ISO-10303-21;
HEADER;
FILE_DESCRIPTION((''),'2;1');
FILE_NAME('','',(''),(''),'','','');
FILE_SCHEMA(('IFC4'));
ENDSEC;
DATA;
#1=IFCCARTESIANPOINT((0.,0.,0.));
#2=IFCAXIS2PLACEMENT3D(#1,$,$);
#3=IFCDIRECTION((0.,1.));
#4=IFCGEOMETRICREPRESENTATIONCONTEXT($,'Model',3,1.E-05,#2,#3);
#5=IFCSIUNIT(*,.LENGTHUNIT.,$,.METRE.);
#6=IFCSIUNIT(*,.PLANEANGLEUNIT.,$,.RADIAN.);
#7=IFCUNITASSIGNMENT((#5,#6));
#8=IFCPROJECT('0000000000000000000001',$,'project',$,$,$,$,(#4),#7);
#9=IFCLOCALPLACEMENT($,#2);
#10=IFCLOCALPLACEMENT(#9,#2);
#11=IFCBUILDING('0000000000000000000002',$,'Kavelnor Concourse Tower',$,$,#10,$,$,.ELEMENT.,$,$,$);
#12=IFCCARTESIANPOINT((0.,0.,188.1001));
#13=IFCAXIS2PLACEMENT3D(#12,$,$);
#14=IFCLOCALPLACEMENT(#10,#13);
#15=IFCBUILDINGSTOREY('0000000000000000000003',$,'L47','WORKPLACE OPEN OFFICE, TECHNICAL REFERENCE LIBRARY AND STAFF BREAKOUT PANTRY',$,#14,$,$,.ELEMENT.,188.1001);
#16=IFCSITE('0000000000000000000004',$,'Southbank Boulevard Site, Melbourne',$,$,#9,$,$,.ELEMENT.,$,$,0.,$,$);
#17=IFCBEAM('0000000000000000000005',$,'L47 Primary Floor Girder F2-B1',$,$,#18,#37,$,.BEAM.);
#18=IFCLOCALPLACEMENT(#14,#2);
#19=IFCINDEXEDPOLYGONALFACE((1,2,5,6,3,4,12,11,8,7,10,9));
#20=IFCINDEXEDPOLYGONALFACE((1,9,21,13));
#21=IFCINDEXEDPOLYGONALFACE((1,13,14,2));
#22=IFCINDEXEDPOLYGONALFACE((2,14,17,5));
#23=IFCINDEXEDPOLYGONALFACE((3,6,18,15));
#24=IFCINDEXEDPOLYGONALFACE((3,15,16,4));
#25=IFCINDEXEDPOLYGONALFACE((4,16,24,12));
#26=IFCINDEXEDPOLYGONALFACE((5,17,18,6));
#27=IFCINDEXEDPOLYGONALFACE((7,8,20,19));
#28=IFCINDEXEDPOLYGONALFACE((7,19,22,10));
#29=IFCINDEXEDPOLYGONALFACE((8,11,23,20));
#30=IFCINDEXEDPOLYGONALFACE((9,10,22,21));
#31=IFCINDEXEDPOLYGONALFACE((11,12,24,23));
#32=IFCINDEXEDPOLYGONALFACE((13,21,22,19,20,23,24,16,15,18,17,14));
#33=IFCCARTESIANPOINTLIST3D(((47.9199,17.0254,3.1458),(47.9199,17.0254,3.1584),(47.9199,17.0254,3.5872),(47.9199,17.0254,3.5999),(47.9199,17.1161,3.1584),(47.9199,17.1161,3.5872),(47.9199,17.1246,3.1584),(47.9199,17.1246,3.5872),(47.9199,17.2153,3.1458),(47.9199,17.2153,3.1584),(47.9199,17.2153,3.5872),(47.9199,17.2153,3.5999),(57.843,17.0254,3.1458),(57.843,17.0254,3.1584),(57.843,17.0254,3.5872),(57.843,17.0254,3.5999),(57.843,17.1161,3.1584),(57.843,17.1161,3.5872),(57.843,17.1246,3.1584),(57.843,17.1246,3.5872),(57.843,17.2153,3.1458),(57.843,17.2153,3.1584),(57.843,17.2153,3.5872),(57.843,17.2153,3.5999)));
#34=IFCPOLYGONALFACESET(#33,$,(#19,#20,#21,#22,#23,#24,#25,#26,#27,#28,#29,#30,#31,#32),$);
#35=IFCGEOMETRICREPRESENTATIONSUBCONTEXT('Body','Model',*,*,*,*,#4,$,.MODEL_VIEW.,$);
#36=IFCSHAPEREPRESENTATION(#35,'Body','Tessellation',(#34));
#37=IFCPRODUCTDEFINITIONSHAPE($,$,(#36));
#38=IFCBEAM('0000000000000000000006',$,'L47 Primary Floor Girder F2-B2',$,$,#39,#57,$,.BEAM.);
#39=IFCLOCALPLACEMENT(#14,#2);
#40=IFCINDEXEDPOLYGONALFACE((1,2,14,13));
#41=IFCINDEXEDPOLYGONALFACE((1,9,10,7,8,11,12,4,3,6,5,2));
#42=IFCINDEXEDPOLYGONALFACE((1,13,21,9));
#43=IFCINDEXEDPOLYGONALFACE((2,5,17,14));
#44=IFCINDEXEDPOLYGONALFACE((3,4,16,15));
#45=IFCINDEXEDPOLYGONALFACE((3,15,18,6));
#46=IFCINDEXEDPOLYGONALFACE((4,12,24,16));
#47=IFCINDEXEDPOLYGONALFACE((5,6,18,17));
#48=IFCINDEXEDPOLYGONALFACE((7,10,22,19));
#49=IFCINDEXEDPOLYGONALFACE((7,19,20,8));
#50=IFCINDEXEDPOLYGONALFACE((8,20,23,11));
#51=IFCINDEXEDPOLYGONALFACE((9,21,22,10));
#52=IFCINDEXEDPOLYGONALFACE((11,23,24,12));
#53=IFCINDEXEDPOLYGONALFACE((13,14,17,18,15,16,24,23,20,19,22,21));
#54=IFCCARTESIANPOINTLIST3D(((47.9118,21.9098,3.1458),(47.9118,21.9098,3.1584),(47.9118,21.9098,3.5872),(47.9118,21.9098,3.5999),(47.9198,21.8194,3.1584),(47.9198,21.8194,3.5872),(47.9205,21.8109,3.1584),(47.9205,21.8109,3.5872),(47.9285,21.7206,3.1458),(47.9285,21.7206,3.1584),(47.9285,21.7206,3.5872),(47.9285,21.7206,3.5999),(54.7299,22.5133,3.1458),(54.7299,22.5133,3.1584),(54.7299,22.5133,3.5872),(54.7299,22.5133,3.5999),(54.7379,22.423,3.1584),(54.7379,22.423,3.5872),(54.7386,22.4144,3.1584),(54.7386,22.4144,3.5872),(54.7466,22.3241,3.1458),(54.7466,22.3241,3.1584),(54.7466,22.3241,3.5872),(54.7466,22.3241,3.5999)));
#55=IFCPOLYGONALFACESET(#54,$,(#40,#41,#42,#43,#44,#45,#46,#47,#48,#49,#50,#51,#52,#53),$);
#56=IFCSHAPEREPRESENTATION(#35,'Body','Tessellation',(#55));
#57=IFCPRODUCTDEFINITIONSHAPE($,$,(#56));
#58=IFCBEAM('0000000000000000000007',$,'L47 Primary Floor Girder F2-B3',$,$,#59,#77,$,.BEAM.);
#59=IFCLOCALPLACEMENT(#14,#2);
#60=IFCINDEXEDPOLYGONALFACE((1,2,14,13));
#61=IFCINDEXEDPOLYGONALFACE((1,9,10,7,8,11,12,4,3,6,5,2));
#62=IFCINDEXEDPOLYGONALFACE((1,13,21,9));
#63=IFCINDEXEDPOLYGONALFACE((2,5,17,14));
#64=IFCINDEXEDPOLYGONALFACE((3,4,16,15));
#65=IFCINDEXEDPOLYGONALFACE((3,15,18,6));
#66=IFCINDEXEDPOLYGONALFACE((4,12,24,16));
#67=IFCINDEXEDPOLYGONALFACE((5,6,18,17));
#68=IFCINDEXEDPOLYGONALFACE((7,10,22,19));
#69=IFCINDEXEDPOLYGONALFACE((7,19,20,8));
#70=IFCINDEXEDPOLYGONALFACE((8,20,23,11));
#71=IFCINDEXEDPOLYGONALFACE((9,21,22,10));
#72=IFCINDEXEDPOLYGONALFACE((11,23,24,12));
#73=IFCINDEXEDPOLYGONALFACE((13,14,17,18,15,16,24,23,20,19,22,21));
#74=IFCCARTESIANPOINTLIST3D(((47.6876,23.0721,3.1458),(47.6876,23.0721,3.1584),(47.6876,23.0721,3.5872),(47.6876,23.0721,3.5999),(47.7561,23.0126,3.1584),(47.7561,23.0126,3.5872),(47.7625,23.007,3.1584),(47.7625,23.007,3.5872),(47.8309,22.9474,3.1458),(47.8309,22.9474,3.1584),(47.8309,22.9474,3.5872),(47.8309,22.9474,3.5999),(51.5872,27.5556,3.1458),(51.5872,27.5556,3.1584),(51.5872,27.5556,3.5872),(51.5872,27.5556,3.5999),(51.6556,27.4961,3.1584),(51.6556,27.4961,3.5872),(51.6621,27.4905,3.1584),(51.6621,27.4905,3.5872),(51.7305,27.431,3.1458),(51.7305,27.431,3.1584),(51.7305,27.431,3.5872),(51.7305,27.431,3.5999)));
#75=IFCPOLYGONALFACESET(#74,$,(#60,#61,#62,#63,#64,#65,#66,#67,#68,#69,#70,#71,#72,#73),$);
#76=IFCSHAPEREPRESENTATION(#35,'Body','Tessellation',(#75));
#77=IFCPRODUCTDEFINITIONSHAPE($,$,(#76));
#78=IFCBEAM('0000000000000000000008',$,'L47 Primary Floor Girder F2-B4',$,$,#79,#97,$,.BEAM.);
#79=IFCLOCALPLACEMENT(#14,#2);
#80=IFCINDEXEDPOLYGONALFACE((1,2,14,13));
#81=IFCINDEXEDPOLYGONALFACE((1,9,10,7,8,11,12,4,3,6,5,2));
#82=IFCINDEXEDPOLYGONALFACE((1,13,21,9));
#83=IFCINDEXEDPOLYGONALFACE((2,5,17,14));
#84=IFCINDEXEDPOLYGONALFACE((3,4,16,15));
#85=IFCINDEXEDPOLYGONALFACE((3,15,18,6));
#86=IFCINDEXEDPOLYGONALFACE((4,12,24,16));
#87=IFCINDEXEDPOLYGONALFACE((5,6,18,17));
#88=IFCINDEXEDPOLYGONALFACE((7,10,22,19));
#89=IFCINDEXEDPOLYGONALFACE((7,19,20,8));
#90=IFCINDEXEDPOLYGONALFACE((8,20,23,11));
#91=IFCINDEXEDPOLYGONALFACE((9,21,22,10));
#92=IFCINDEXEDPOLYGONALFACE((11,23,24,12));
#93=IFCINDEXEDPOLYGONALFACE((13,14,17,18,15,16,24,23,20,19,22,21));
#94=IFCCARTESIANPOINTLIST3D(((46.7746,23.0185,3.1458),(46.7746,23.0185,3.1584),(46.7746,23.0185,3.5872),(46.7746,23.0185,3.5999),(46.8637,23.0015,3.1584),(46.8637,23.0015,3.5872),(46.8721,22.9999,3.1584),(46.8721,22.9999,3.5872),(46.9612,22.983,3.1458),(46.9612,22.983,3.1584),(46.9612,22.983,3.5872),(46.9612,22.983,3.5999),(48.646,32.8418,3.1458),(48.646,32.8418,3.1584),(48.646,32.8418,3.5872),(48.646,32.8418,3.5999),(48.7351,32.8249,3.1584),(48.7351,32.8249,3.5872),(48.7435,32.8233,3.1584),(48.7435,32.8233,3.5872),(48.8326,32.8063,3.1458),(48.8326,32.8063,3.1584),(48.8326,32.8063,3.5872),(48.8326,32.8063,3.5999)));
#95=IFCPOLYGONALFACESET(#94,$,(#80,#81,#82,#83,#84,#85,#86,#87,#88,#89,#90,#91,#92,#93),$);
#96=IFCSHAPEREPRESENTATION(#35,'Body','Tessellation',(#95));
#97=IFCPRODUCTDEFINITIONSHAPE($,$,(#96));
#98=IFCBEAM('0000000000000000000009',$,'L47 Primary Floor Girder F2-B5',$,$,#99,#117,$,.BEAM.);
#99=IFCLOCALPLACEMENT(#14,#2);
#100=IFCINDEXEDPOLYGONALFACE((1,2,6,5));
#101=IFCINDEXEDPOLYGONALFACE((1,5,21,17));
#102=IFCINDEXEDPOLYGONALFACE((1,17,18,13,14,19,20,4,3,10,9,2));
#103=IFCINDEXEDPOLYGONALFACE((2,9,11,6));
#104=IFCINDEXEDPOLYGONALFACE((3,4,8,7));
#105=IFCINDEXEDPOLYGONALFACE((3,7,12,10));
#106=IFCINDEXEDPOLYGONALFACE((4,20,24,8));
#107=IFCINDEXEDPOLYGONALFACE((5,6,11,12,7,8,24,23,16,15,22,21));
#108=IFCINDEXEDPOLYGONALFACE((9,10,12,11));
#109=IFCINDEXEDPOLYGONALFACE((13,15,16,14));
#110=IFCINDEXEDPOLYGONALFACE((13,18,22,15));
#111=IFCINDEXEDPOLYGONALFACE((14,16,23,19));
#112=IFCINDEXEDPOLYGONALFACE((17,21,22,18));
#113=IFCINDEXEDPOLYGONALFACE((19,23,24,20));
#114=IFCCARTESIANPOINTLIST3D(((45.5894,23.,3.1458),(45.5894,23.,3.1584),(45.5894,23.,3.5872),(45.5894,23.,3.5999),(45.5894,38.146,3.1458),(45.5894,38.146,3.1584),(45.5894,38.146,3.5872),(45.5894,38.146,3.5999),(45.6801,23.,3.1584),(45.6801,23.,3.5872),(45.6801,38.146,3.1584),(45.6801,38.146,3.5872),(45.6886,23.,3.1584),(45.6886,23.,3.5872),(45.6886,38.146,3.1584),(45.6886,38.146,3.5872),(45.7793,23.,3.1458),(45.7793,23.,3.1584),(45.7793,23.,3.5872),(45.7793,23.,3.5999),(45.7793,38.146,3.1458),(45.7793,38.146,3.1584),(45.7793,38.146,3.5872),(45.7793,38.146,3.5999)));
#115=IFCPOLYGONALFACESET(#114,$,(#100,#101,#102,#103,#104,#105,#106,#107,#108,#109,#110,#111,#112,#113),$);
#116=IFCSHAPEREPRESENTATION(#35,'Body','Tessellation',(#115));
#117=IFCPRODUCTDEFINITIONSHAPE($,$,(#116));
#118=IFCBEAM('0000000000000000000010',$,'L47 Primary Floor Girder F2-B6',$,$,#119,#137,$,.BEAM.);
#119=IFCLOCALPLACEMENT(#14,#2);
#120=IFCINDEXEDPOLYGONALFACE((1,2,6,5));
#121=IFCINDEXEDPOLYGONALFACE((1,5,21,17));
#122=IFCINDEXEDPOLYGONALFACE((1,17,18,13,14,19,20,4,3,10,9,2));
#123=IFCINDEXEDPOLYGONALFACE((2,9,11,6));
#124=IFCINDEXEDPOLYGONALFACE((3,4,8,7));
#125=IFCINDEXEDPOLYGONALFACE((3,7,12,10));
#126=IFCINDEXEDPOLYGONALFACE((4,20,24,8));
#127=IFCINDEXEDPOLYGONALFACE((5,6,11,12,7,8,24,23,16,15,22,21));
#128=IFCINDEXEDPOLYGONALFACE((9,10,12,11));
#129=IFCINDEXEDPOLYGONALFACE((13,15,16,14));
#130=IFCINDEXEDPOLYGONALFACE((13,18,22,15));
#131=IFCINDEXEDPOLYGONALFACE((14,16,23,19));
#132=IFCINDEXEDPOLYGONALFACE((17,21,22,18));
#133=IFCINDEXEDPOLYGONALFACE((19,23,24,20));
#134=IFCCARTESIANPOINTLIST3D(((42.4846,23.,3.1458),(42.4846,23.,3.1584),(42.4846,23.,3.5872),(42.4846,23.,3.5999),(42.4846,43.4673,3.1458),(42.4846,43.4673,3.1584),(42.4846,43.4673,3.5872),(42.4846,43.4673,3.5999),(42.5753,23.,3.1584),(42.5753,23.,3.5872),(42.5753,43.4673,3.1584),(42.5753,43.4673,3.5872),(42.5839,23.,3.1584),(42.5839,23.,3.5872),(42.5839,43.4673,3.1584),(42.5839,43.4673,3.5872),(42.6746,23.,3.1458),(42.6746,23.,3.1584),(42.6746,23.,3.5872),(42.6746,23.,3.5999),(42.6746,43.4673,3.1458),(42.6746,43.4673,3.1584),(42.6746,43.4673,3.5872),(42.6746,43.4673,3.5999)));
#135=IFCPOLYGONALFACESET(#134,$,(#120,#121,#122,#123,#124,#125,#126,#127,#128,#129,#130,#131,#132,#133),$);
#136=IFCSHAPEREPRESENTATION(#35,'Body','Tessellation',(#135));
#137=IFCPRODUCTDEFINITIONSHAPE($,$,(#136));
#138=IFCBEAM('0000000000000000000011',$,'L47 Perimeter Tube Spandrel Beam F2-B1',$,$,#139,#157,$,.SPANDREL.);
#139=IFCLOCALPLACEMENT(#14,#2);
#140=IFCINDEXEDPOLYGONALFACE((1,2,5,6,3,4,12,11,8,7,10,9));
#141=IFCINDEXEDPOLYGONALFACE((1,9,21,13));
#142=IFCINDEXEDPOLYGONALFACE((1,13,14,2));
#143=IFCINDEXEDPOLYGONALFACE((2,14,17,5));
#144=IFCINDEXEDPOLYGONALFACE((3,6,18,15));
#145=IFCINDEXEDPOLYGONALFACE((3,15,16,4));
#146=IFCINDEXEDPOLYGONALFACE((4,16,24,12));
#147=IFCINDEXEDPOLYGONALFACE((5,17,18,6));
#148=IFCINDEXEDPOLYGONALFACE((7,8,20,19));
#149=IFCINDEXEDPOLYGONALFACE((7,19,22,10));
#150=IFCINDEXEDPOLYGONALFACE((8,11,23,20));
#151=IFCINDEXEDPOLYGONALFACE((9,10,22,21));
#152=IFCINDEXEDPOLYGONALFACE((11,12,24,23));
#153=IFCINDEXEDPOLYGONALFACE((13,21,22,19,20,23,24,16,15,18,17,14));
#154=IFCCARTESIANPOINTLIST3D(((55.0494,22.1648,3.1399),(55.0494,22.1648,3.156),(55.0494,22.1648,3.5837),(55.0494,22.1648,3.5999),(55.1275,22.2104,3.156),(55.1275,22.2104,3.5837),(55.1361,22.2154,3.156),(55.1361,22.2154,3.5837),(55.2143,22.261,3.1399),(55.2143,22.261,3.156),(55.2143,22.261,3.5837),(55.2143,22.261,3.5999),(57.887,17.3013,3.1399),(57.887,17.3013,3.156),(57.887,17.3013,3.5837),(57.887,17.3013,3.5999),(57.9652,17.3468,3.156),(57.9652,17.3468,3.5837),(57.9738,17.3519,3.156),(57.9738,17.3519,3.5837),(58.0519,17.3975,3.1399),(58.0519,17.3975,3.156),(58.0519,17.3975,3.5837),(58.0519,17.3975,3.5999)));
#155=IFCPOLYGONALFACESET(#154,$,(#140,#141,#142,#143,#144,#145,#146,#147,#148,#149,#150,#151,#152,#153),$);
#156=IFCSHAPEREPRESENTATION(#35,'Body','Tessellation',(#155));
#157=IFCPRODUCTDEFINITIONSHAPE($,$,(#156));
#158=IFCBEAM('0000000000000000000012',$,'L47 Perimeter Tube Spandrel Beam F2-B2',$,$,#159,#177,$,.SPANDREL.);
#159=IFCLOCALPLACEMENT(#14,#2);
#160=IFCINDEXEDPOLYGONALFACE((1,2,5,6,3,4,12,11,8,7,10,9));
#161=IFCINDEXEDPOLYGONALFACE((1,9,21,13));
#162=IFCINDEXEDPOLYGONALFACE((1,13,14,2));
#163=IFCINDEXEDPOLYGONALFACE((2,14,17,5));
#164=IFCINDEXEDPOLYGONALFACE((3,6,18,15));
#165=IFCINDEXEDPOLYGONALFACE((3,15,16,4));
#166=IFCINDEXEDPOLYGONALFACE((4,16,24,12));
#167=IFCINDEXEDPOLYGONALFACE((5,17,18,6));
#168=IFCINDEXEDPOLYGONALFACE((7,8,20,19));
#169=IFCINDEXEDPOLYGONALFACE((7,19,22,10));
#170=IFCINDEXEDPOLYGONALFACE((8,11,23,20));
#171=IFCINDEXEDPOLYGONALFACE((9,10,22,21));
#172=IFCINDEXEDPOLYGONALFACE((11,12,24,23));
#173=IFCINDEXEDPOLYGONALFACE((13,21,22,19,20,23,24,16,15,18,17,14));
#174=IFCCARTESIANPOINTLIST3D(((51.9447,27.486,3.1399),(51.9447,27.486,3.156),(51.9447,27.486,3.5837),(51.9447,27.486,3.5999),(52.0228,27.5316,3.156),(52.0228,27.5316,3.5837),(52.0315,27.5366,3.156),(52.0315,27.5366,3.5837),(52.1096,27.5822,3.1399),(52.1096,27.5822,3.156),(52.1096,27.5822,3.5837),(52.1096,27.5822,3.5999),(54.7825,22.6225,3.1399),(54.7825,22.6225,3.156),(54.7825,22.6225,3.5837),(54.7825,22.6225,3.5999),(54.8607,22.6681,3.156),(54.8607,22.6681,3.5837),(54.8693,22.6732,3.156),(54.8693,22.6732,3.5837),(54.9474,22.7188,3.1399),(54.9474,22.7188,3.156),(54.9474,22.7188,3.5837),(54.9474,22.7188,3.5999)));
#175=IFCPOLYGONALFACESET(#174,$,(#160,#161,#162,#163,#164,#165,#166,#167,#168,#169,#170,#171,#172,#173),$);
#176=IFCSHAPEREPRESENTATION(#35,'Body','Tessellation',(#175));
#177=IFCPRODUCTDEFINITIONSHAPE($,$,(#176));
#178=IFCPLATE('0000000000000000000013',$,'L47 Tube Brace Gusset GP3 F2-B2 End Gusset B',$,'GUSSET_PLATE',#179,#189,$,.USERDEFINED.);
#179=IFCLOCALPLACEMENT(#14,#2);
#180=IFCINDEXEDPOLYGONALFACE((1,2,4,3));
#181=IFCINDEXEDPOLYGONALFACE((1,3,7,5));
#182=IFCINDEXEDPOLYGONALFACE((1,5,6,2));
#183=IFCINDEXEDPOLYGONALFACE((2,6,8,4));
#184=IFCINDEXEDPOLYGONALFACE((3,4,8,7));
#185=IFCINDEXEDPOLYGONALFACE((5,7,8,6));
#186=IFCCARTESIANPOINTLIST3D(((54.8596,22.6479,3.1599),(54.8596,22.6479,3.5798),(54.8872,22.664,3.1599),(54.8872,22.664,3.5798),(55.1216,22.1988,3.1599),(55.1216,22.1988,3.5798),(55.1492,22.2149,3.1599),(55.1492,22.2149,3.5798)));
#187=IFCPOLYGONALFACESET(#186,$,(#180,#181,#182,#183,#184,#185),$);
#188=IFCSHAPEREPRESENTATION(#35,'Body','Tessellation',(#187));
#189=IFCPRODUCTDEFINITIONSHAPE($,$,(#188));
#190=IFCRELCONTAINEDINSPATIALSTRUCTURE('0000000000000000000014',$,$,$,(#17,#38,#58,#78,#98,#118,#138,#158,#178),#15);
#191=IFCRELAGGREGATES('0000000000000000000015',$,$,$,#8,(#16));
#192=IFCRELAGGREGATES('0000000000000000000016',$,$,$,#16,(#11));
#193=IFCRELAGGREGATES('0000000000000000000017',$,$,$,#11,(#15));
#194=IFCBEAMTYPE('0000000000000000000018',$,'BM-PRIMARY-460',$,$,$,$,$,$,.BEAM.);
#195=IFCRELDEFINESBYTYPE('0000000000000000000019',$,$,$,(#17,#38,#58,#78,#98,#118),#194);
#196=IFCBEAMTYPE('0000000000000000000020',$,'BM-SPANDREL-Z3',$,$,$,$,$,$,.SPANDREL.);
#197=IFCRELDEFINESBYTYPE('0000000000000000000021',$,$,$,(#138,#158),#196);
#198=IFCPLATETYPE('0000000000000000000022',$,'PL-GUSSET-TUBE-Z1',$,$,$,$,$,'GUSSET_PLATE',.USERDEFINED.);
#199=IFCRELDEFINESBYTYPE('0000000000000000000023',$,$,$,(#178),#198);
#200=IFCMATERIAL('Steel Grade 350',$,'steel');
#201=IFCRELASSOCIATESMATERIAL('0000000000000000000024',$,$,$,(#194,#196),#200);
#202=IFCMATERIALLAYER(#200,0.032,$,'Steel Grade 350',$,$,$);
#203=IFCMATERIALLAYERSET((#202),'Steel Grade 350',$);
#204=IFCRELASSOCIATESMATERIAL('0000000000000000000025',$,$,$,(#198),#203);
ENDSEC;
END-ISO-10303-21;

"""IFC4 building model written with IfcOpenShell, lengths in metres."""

from ifc_helpers import new_model, si_unit, direction, frame, origin, origin_2d, place, context, subcontext, project, spatial, rectangle, i_section, extrude, material, layer, layer_set, material_profile, profile_set, type_object, element, save


model = new_model("IFC4")

# Units and contexts
model_context = context("Model", 3, precision=1e-05, world=origin(), true_north=direction((0.0, 1.0)))
body_context = subcontext(model_context, "Body", "Model", "MODEL_VIEW")
ifc_project = project(units=[si_unit("LENGTHUNIT", "METRE"), si_unit("PLANEANGLEUNIT", "RADIAN")], contexts=[model_context])

# Site, building, storey
site_placement = place(None, origin())
site = spatial("IfcSite", under=ifc_project, at=site_placement, Name="Southbank Boulevard Site, Melbourne", CompositionType="ELEMENT", RefElevation=0.0)
building_placement = place(site_placement, origin())
building = spatial("IfcBuilding", under=site, at=building_placement, Name="Kavelnor Concourse Tower", CompositionType="ELEMENT")
storey_placement = place(building_placement, frame((0.0, 0.0, 188.1001)))
storey = spatial("IfcBuildingStorey", under=building, at=storey_placement, Name="L47", Description="WORKPLACE OPEN OFFICE, TECHNICAL REFERENCE LIBRARY AND STAFF BREAKOUT PANTRY", CompositionType="ELEMENT", Elevation=188.1001)

# Shared definitions
ifc_material_1 = material(Name="Steel Grade 350", Category="steel")

# Beams
ifc_material_profile_1 = material_profile(ifc_material_1, i_section(OverallWidth=0.1899, OverallDepth=0.4541, WebThickness=0.0085, FlangeThickness=0.0127, at=origin_2d()), Name="460UB67")
ifc_profile_set_1 = profile_set([ifc_material_profile_1], Name="Steel Grade 350")
beam_type_1 = type_object("IfcBeamType", Name="BM-PRIMARY-460", PredefinedType="BEAM", material=ifc_profile_set_1)
beam_1_placement = place(storey_placement, frame((47.9199, 17.1204, 3.3728), z_axis=(1.0, 0.0, 0.0), x_axis=(0.0, 1.0, 0.0)))
element("IfcBeam", 1, at=beam_1_placement, inside=storey, type_object=beam_type_1, Name="L47 Primary Floor Girder F2-B1", PredefinedType="BEAM", context=body_context, shape_type="SweptSolid", body=[
    extrude(i_section(OverallWidth=0.1899, OverallDepth=0.4541, WebThickness=0.0085, FlangeThickness=0.0127, at=origin_2d()), origin(), (0.0, 0.0, 1.0), 9.9231),
])
beam_2_placement = place(storey_placement, frame((47.9202, 21.8152, 3.3728), z_axis=(0.996105, 0.088172, 0.0), x_axis=(-0.088172, 0.996105, 0.0)))
element("IfcBeam", 2, at=beam_2_placement, inside=storey, type_object=beam_type_1, Name="L47 Primary Floor Girder F2-B2", PredefinedType="BEAM", context=body_context, shape_type="SweptSolid", body=[
    extrude(i_section(OverallWidth=0.1899, OverallDepth=0.4541, WebThickness=0.0085, FlangeThickness=0.0127, at=origin_2d()), origin(), (0.0, 0.0, 1.0), 6.8447),
])
beam_3_placement = place(storey_placement, frame((47.7593, 23.0098, 3.3728), z_axis=(0.656259, 0.754536, 0.0), x_axis=(-0.754536, 0.656259, 0.0)))
element("IfcBeam", 3, at=beam_3_placement, inside=storey, type_object=beam_type_1, Name="L47 Primary Floor Girder F2-B3", PredefinedType="BEAM", context=body_context, shape_type="SweptSolid", body=[
    extrude(i_section(OverallWidth=0.1899, OverallDepth=0.4541, WebThickness=0.0085, FlangeThickness=0.0127, at=origin_2d()), origin(), (0.0, 0.0, 1.0), 5.9421),
])
beam_4_placement = place(storey_placement, frame((46.8679, 23.0007, 3.3728), z_axis=(0.187136, 0.982334, 0.0), x_axis=(-0.982334, 0.187136, 0.0)))
element("IfcBeam", 4, at=beam_4_placement, inside=storey, type_object=beam_type_1, Name="L47 Primary Floor Girder F2-B4", PredefinedType="BEAM", context=body_context, shape_type="SweptSolid", body=[
    extrude(i_section(OverallWidth=0.1899, OverallDepth=0.4541, WebThickness=0.0085, FlangeThickness=0.0127, at=origin_2d()), origin(), (0.0, 0.0, 1.0), 10.0),
])
beam_5_placement = place(storey_placement, frame((45.6843, 23.0, 3.3728), z_axis=(0.0, 1.0, 0.0), x_axis=(-1.0, 0.0, 0.0)))
element("IfcBeam", 5, at=beam_5_placement, inside=storey, type_object=beam_type_1, Name="L47 Primary Floor Girder F2-B5", PredefinedType="BEAM", context=body_context, shape_type="SweptSolid", body=[
    extrude(i_section(OverallWidth=0.1899, OverallDepth=0.4541, WebThickness=0.0085, FlangeThickness=0.0127, at=origin_2d()), origin(), (0.0, 0.0, 1.0), 15.146),
])
beam_6_placement = place(storey_placement, frame((42.5796, 23.0, 3.3728), z_axis=(0.0, 1.0, 0.0), x_axis=(-1.0, 0.0, 0.0)))
element("IfcBeam", 6, at=beam_6_placement, inside=storey, type_object=beam_type_1, Name="L47 Primary Floor Girder F2-B6", PredefinedType="BEAM", context=body_context, shape_type="SweptSolid", body=[
    extrude(i_section(OverallWidth=0.1899, OverallDepth=0.4541, WebThickness=0.0085, FlangeThickness=0.0127, at=origin_2d()), origin(), (0.0, 0.0, 1.0), 20.4673),
])
ifc_material_profile_2 = material_profile(ifc_material_1, i_section(OverallWidth=0.1909, OverallDepth=0.46, WebThickness=0.01, FlangeThickness=0.0161, at=origin_2d()), Name="460UB82")
ifc_profile_set_2 = profile_set([ifc_material_profile_2], Name="Steel Grade 350")
beam_type_2 = type_object("IfcBeamType", Name="BM-SPANDREL-Z3", PredefinedType="SPANDREL", material=ifc_profile_set_2)
for number, where, z_axis, x_axis, name in (
    (7, (57.9695, 17.3494, 3.3699), (-0.503949, 0.863733, 0.0), (-0.863733, -0.503949, 0.0), "L47 Perimeter Tube Spandrel Beam F2-B1"),
    (8, (54.865, 22.6707, 3.3699), (-0.503982, 0.863714, 0.0), (-0.863714, -0.503982, 0.0), "L47 Perimeter Tube Spandrel Beam F2-B2"),
):
    element("IfcBeam", number, at=place(storey_placement, frame(where, z_axis=z_axis, x_axis=x_axis)), inside=storey, type_object=beam_type_2, Name=name, PredefinedType="SPANDREL", context=body_context, shape_type="SweptSolid", body=[
        extrude(i_section(OverallWidth=0.1909, OverallDepth=0.46, WebThickness=0.01, FlangeThickness=0.0161, at=origin_2d()), origin(), (0.0, 0.0, 1.0), 5.6309),
    ])

# Plate
ifc_layer_1 = layer(ifc_material_1, 0.032, Name="Steel Grade 350")
ifc_layer_set_1 = layer_set([ifc_layer_1], Name="Steel Grade 350")
plate_type_1 = type_object("IfcPlateType", Name="PL-GUSSET-TUBE-Z1", ElementType="GUSSET_PLATE", PredefinedType="USERDEFINED", material=ifc_layer_set_1)
plate_1_placement = place(storey_placement, frame((55.0044, 22.4314, 3.1599), z_axis=(0.0, 0.0, 1.0), x_axis=(0.503925, -0.863748, 0.0)))
element("IfcPlate", 9, at=plate_1_placement, inside=storey, type_object=plate_type_1, Name="L47 Tube Brace Gusset GP3 F2-B2 End Gusset B", ObjectType="GUSSET_PLATE", PredefinedType="USERDEFINED", context=body_context, shape_type="SweptSolid", body=[
    extrude(rectangle(XDim=0.52, YDim=0.032, at=origin_2d()), origin(), (0.0, 0.0, 1.0), 0.4199),
])

save(model, "model.ifc")
